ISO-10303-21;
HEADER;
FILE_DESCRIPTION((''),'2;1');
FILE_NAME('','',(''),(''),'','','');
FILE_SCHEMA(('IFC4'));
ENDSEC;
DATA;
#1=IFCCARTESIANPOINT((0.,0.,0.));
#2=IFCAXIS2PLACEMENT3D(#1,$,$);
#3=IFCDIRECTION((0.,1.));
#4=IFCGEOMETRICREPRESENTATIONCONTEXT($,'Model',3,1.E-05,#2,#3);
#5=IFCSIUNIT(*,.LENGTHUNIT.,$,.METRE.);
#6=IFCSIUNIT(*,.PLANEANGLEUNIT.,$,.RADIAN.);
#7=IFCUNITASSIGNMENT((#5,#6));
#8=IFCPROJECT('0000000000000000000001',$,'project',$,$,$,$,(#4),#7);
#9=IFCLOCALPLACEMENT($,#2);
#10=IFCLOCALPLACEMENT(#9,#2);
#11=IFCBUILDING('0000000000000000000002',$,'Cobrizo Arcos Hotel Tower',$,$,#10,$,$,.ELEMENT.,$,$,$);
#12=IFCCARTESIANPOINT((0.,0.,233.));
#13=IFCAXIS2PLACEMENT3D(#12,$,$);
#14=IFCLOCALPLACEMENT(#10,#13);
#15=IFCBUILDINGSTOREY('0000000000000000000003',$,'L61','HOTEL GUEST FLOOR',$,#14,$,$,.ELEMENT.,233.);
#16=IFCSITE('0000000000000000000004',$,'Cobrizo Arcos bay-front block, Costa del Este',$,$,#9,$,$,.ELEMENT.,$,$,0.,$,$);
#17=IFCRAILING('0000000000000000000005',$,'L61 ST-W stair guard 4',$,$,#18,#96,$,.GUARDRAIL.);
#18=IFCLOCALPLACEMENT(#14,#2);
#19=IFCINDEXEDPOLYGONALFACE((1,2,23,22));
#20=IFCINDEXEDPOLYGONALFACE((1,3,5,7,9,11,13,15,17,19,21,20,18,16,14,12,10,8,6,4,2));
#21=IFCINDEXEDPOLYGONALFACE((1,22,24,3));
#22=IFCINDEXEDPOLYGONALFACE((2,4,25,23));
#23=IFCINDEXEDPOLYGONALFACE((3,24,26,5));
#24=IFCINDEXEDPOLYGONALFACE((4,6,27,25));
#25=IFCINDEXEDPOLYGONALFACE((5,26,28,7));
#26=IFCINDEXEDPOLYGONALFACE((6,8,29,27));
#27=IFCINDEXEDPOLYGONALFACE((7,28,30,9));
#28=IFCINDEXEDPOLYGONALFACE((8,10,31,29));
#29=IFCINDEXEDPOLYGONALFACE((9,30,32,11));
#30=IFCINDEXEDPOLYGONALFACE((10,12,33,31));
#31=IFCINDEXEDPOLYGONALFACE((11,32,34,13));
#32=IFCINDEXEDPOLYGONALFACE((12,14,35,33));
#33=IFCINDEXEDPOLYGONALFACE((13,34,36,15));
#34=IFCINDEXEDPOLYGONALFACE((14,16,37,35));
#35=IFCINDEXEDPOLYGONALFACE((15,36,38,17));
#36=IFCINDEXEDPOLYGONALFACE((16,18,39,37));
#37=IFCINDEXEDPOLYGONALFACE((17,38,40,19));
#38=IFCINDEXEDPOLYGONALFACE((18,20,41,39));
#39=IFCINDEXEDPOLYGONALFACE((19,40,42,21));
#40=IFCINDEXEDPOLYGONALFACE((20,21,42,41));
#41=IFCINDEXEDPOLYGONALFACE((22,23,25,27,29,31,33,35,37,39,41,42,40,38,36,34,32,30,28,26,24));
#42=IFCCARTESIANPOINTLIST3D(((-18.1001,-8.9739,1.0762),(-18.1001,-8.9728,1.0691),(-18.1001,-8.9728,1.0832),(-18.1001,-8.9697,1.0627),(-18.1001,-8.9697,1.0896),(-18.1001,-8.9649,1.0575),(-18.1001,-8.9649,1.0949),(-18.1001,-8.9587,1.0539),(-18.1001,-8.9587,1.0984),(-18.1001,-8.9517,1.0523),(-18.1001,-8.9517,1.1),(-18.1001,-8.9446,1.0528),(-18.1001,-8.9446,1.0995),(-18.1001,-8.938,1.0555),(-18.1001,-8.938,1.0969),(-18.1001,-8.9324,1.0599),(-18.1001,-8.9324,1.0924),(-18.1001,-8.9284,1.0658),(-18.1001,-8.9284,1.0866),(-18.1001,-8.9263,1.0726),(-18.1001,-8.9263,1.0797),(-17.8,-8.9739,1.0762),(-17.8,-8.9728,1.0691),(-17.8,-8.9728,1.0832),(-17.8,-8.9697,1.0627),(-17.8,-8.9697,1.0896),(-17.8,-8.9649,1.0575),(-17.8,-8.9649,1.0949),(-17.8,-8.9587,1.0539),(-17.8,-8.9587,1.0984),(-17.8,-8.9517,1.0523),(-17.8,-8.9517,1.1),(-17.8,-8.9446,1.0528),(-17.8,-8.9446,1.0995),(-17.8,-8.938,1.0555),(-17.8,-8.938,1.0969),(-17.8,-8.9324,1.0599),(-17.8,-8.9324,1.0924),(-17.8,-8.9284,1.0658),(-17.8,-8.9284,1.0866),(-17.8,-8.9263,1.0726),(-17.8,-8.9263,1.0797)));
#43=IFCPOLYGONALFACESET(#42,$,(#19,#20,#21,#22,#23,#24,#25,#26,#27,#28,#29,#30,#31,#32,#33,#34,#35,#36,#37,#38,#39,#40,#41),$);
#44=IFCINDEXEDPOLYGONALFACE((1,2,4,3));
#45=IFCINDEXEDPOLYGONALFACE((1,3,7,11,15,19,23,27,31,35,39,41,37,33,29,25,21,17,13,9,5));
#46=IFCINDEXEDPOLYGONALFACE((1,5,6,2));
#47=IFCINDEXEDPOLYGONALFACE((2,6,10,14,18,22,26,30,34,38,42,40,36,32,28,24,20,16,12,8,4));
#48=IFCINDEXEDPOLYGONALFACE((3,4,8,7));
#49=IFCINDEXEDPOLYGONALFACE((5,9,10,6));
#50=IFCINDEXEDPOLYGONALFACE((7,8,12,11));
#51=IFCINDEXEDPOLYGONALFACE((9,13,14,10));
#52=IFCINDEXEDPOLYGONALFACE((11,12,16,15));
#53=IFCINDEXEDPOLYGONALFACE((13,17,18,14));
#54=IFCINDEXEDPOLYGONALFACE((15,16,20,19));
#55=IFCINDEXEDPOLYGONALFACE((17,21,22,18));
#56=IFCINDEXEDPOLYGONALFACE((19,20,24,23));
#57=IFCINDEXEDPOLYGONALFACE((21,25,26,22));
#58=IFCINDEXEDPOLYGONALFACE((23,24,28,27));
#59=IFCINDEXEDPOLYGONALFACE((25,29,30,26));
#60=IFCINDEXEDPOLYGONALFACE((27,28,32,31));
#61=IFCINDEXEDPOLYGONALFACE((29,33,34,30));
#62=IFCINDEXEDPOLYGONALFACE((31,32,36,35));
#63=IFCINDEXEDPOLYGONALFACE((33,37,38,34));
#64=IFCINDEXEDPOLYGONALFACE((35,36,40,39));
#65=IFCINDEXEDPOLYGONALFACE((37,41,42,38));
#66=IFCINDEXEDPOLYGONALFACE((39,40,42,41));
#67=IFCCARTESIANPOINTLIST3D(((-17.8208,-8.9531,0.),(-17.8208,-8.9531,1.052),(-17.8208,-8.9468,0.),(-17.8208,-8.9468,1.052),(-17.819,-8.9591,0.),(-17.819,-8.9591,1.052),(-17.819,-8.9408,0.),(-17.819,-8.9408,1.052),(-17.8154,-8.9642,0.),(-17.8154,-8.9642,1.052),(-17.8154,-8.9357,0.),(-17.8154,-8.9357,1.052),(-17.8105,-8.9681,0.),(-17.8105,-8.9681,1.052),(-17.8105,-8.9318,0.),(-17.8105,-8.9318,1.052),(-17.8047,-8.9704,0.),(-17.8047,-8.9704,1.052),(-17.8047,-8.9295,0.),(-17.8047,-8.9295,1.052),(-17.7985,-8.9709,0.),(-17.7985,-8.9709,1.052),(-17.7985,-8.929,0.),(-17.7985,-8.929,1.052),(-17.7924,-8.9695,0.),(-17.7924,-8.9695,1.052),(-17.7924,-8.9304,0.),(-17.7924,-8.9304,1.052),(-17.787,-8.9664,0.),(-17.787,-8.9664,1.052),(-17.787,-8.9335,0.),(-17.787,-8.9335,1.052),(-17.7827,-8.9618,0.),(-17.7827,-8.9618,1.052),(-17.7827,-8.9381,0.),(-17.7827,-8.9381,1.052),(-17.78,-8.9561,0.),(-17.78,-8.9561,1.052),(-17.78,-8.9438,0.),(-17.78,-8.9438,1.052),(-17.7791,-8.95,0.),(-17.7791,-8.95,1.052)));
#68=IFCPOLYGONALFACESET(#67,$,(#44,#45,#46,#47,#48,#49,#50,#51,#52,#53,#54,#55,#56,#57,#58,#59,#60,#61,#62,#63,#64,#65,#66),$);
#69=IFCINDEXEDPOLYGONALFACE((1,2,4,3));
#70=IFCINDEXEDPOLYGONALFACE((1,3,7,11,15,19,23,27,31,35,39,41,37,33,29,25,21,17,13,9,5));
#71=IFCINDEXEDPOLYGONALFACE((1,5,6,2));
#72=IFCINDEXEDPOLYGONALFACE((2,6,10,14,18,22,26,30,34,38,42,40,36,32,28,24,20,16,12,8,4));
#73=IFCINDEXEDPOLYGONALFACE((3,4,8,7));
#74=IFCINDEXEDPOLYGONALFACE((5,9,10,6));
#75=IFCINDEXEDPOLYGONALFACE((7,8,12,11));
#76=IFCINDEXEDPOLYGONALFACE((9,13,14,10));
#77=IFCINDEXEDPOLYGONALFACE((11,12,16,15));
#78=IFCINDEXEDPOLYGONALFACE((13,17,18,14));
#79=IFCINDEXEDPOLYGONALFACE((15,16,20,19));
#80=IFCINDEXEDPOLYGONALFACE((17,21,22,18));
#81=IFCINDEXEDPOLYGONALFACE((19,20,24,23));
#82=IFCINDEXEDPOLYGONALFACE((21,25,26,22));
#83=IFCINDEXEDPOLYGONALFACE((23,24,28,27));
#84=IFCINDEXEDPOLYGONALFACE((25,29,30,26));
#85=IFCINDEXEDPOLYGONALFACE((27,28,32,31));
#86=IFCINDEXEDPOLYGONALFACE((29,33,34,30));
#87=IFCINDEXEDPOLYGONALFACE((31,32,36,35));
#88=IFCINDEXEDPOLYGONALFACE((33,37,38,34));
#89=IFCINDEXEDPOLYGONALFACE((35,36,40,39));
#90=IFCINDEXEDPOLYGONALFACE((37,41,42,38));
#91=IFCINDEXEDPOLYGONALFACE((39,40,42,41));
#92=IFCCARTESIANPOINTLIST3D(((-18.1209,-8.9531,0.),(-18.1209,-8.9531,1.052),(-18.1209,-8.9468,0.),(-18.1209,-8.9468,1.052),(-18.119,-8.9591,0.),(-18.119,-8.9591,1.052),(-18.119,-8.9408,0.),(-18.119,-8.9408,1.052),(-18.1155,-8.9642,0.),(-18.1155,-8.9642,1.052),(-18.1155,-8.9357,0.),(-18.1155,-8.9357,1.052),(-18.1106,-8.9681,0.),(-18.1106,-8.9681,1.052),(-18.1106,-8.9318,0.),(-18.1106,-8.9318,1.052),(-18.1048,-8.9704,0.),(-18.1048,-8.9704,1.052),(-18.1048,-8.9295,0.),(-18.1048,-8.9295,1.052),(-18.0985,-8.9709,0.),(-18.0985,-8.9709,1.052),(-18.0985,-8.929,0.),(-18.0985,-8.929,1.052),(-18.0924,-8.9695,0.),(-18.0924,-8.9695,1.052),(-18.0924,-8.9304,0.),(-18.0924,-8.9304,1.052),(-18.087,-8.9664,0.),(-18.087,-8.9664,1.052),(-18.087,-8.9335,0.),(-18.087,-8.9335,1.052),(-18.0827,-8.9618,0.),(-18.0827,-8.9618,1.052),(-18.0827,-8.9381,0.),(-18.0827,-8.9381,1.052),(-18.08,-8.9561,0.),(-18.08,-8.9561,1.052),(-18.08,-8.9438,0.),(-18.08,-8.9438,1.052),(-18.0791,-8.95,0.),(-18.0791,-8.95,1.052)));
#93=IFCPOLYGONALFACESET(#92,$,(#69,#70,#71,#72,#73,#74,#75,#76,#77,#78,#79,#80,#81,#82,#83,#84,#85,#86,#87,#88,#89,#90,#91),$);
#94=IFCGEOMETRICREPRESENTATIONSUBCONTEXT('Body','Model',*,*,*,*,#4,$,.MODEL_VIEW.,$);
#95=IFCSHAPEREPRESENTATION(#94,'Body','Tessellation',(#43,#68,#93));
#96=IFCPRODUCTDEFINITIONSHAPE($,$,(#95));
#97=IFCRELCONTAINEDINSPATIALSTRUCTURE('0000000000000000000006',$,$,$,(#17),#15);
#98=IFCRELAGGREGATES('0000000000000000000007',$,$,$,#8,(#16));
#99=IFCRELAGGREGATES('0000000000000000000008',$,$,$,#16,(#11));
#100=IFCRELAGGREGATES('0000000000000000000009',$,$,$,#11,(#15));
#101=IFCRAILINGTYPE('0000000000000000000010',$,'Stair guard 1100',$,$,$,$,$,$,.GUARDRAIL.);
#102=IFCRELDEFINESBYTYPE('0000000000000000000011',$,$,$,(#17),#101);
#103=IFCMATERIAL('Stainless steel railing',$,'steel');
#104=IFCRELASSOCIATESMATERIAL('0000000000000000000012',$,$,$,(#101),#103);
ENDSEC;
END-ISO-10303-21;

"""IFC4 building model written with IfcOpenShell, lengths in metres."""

from ifc_helpers import new_model, si_unit, direction, frame, origin, origin_2d, place, context, subcontext, project, spatial, circle, extrude, material, type_object, element, save


model = new_model("IFC4")

# Units and contexts
model_context = context("Model", 3, precision=1e-05, world=origin(), true_north=direction((0.0, 1.0)))
body_context = subcontext(model_context, "Body", "Model", "MODEL_VIEW")
ifc_project = project(units=[si_unit("LENGTHUNIT", "METRE"), si_unit("PLANEANGLEUNIT", "RADIAN")], contexts=[model_context])

# Site, building, storey
site_placement = place(None, origin())
site = spatial("IfcSite", under=ifc_project, at=site_placement, Name="Cobrizo Arcos bay-front block, Costa del Este", CompositionType="ELEMENT", RefElevation=0.0)
building_placement = place(site_placement, origin())
building = spatial("IfcBuilding", under=site, at=building_placement, Name="Cobrizo Arcos Hotel Tower", CompositionType="ELEMENT")
storey_placement = place(building_placement, frame((0.0, 0.0, 233.0)))
storey = spatial("IfcBuildingStorey", under=building, at=storey_placement, Name="L61", Description="HOTEL GUEST FLOOR", CompositionType="ELEMENT", Elevation=233.0)

# Railing
ifc_material_1 = material(Name="Stainless steel railing", Category="steel")
railing_type = type_object("IfcRailingType", Name="Stair guard 1100", PredefinedType="GUARDRAIL", material=ifc_material_1)
railing_1_placement = place(storey_placement, frame((-17.8, -8.95, 0.0)))
element("IfcRailing", 1, at=railing_1_placement, inside=storey, type_object=railing_type, Name="L61 ST-W stair guard 4", PredefinedType="GUARDRAIL", context=body_context, shape_type="SweptSolid", body=[
    extrude(circle(Radius=0.0239, at=origin_2d()), frame((0.0, 0.0, 1.0762), z_axis=(-1.0, 0.0, 0.0), x_axis=(0.0, -1.0, 0.0)), (0.0, 0.0, 1.0), 0.3),
    extrude(circle(Radius=0.021, at=origin_2d()), origin(), (0.0, 0.0, 1.0), 1.052),
    extrude(circle(Radius=0.021, at=origin_2d()), frame((-0.3, 0.0, 0.0)), (0.0, 0.0, 1.0), 1.052),
])

save(model, "model.ifc")
